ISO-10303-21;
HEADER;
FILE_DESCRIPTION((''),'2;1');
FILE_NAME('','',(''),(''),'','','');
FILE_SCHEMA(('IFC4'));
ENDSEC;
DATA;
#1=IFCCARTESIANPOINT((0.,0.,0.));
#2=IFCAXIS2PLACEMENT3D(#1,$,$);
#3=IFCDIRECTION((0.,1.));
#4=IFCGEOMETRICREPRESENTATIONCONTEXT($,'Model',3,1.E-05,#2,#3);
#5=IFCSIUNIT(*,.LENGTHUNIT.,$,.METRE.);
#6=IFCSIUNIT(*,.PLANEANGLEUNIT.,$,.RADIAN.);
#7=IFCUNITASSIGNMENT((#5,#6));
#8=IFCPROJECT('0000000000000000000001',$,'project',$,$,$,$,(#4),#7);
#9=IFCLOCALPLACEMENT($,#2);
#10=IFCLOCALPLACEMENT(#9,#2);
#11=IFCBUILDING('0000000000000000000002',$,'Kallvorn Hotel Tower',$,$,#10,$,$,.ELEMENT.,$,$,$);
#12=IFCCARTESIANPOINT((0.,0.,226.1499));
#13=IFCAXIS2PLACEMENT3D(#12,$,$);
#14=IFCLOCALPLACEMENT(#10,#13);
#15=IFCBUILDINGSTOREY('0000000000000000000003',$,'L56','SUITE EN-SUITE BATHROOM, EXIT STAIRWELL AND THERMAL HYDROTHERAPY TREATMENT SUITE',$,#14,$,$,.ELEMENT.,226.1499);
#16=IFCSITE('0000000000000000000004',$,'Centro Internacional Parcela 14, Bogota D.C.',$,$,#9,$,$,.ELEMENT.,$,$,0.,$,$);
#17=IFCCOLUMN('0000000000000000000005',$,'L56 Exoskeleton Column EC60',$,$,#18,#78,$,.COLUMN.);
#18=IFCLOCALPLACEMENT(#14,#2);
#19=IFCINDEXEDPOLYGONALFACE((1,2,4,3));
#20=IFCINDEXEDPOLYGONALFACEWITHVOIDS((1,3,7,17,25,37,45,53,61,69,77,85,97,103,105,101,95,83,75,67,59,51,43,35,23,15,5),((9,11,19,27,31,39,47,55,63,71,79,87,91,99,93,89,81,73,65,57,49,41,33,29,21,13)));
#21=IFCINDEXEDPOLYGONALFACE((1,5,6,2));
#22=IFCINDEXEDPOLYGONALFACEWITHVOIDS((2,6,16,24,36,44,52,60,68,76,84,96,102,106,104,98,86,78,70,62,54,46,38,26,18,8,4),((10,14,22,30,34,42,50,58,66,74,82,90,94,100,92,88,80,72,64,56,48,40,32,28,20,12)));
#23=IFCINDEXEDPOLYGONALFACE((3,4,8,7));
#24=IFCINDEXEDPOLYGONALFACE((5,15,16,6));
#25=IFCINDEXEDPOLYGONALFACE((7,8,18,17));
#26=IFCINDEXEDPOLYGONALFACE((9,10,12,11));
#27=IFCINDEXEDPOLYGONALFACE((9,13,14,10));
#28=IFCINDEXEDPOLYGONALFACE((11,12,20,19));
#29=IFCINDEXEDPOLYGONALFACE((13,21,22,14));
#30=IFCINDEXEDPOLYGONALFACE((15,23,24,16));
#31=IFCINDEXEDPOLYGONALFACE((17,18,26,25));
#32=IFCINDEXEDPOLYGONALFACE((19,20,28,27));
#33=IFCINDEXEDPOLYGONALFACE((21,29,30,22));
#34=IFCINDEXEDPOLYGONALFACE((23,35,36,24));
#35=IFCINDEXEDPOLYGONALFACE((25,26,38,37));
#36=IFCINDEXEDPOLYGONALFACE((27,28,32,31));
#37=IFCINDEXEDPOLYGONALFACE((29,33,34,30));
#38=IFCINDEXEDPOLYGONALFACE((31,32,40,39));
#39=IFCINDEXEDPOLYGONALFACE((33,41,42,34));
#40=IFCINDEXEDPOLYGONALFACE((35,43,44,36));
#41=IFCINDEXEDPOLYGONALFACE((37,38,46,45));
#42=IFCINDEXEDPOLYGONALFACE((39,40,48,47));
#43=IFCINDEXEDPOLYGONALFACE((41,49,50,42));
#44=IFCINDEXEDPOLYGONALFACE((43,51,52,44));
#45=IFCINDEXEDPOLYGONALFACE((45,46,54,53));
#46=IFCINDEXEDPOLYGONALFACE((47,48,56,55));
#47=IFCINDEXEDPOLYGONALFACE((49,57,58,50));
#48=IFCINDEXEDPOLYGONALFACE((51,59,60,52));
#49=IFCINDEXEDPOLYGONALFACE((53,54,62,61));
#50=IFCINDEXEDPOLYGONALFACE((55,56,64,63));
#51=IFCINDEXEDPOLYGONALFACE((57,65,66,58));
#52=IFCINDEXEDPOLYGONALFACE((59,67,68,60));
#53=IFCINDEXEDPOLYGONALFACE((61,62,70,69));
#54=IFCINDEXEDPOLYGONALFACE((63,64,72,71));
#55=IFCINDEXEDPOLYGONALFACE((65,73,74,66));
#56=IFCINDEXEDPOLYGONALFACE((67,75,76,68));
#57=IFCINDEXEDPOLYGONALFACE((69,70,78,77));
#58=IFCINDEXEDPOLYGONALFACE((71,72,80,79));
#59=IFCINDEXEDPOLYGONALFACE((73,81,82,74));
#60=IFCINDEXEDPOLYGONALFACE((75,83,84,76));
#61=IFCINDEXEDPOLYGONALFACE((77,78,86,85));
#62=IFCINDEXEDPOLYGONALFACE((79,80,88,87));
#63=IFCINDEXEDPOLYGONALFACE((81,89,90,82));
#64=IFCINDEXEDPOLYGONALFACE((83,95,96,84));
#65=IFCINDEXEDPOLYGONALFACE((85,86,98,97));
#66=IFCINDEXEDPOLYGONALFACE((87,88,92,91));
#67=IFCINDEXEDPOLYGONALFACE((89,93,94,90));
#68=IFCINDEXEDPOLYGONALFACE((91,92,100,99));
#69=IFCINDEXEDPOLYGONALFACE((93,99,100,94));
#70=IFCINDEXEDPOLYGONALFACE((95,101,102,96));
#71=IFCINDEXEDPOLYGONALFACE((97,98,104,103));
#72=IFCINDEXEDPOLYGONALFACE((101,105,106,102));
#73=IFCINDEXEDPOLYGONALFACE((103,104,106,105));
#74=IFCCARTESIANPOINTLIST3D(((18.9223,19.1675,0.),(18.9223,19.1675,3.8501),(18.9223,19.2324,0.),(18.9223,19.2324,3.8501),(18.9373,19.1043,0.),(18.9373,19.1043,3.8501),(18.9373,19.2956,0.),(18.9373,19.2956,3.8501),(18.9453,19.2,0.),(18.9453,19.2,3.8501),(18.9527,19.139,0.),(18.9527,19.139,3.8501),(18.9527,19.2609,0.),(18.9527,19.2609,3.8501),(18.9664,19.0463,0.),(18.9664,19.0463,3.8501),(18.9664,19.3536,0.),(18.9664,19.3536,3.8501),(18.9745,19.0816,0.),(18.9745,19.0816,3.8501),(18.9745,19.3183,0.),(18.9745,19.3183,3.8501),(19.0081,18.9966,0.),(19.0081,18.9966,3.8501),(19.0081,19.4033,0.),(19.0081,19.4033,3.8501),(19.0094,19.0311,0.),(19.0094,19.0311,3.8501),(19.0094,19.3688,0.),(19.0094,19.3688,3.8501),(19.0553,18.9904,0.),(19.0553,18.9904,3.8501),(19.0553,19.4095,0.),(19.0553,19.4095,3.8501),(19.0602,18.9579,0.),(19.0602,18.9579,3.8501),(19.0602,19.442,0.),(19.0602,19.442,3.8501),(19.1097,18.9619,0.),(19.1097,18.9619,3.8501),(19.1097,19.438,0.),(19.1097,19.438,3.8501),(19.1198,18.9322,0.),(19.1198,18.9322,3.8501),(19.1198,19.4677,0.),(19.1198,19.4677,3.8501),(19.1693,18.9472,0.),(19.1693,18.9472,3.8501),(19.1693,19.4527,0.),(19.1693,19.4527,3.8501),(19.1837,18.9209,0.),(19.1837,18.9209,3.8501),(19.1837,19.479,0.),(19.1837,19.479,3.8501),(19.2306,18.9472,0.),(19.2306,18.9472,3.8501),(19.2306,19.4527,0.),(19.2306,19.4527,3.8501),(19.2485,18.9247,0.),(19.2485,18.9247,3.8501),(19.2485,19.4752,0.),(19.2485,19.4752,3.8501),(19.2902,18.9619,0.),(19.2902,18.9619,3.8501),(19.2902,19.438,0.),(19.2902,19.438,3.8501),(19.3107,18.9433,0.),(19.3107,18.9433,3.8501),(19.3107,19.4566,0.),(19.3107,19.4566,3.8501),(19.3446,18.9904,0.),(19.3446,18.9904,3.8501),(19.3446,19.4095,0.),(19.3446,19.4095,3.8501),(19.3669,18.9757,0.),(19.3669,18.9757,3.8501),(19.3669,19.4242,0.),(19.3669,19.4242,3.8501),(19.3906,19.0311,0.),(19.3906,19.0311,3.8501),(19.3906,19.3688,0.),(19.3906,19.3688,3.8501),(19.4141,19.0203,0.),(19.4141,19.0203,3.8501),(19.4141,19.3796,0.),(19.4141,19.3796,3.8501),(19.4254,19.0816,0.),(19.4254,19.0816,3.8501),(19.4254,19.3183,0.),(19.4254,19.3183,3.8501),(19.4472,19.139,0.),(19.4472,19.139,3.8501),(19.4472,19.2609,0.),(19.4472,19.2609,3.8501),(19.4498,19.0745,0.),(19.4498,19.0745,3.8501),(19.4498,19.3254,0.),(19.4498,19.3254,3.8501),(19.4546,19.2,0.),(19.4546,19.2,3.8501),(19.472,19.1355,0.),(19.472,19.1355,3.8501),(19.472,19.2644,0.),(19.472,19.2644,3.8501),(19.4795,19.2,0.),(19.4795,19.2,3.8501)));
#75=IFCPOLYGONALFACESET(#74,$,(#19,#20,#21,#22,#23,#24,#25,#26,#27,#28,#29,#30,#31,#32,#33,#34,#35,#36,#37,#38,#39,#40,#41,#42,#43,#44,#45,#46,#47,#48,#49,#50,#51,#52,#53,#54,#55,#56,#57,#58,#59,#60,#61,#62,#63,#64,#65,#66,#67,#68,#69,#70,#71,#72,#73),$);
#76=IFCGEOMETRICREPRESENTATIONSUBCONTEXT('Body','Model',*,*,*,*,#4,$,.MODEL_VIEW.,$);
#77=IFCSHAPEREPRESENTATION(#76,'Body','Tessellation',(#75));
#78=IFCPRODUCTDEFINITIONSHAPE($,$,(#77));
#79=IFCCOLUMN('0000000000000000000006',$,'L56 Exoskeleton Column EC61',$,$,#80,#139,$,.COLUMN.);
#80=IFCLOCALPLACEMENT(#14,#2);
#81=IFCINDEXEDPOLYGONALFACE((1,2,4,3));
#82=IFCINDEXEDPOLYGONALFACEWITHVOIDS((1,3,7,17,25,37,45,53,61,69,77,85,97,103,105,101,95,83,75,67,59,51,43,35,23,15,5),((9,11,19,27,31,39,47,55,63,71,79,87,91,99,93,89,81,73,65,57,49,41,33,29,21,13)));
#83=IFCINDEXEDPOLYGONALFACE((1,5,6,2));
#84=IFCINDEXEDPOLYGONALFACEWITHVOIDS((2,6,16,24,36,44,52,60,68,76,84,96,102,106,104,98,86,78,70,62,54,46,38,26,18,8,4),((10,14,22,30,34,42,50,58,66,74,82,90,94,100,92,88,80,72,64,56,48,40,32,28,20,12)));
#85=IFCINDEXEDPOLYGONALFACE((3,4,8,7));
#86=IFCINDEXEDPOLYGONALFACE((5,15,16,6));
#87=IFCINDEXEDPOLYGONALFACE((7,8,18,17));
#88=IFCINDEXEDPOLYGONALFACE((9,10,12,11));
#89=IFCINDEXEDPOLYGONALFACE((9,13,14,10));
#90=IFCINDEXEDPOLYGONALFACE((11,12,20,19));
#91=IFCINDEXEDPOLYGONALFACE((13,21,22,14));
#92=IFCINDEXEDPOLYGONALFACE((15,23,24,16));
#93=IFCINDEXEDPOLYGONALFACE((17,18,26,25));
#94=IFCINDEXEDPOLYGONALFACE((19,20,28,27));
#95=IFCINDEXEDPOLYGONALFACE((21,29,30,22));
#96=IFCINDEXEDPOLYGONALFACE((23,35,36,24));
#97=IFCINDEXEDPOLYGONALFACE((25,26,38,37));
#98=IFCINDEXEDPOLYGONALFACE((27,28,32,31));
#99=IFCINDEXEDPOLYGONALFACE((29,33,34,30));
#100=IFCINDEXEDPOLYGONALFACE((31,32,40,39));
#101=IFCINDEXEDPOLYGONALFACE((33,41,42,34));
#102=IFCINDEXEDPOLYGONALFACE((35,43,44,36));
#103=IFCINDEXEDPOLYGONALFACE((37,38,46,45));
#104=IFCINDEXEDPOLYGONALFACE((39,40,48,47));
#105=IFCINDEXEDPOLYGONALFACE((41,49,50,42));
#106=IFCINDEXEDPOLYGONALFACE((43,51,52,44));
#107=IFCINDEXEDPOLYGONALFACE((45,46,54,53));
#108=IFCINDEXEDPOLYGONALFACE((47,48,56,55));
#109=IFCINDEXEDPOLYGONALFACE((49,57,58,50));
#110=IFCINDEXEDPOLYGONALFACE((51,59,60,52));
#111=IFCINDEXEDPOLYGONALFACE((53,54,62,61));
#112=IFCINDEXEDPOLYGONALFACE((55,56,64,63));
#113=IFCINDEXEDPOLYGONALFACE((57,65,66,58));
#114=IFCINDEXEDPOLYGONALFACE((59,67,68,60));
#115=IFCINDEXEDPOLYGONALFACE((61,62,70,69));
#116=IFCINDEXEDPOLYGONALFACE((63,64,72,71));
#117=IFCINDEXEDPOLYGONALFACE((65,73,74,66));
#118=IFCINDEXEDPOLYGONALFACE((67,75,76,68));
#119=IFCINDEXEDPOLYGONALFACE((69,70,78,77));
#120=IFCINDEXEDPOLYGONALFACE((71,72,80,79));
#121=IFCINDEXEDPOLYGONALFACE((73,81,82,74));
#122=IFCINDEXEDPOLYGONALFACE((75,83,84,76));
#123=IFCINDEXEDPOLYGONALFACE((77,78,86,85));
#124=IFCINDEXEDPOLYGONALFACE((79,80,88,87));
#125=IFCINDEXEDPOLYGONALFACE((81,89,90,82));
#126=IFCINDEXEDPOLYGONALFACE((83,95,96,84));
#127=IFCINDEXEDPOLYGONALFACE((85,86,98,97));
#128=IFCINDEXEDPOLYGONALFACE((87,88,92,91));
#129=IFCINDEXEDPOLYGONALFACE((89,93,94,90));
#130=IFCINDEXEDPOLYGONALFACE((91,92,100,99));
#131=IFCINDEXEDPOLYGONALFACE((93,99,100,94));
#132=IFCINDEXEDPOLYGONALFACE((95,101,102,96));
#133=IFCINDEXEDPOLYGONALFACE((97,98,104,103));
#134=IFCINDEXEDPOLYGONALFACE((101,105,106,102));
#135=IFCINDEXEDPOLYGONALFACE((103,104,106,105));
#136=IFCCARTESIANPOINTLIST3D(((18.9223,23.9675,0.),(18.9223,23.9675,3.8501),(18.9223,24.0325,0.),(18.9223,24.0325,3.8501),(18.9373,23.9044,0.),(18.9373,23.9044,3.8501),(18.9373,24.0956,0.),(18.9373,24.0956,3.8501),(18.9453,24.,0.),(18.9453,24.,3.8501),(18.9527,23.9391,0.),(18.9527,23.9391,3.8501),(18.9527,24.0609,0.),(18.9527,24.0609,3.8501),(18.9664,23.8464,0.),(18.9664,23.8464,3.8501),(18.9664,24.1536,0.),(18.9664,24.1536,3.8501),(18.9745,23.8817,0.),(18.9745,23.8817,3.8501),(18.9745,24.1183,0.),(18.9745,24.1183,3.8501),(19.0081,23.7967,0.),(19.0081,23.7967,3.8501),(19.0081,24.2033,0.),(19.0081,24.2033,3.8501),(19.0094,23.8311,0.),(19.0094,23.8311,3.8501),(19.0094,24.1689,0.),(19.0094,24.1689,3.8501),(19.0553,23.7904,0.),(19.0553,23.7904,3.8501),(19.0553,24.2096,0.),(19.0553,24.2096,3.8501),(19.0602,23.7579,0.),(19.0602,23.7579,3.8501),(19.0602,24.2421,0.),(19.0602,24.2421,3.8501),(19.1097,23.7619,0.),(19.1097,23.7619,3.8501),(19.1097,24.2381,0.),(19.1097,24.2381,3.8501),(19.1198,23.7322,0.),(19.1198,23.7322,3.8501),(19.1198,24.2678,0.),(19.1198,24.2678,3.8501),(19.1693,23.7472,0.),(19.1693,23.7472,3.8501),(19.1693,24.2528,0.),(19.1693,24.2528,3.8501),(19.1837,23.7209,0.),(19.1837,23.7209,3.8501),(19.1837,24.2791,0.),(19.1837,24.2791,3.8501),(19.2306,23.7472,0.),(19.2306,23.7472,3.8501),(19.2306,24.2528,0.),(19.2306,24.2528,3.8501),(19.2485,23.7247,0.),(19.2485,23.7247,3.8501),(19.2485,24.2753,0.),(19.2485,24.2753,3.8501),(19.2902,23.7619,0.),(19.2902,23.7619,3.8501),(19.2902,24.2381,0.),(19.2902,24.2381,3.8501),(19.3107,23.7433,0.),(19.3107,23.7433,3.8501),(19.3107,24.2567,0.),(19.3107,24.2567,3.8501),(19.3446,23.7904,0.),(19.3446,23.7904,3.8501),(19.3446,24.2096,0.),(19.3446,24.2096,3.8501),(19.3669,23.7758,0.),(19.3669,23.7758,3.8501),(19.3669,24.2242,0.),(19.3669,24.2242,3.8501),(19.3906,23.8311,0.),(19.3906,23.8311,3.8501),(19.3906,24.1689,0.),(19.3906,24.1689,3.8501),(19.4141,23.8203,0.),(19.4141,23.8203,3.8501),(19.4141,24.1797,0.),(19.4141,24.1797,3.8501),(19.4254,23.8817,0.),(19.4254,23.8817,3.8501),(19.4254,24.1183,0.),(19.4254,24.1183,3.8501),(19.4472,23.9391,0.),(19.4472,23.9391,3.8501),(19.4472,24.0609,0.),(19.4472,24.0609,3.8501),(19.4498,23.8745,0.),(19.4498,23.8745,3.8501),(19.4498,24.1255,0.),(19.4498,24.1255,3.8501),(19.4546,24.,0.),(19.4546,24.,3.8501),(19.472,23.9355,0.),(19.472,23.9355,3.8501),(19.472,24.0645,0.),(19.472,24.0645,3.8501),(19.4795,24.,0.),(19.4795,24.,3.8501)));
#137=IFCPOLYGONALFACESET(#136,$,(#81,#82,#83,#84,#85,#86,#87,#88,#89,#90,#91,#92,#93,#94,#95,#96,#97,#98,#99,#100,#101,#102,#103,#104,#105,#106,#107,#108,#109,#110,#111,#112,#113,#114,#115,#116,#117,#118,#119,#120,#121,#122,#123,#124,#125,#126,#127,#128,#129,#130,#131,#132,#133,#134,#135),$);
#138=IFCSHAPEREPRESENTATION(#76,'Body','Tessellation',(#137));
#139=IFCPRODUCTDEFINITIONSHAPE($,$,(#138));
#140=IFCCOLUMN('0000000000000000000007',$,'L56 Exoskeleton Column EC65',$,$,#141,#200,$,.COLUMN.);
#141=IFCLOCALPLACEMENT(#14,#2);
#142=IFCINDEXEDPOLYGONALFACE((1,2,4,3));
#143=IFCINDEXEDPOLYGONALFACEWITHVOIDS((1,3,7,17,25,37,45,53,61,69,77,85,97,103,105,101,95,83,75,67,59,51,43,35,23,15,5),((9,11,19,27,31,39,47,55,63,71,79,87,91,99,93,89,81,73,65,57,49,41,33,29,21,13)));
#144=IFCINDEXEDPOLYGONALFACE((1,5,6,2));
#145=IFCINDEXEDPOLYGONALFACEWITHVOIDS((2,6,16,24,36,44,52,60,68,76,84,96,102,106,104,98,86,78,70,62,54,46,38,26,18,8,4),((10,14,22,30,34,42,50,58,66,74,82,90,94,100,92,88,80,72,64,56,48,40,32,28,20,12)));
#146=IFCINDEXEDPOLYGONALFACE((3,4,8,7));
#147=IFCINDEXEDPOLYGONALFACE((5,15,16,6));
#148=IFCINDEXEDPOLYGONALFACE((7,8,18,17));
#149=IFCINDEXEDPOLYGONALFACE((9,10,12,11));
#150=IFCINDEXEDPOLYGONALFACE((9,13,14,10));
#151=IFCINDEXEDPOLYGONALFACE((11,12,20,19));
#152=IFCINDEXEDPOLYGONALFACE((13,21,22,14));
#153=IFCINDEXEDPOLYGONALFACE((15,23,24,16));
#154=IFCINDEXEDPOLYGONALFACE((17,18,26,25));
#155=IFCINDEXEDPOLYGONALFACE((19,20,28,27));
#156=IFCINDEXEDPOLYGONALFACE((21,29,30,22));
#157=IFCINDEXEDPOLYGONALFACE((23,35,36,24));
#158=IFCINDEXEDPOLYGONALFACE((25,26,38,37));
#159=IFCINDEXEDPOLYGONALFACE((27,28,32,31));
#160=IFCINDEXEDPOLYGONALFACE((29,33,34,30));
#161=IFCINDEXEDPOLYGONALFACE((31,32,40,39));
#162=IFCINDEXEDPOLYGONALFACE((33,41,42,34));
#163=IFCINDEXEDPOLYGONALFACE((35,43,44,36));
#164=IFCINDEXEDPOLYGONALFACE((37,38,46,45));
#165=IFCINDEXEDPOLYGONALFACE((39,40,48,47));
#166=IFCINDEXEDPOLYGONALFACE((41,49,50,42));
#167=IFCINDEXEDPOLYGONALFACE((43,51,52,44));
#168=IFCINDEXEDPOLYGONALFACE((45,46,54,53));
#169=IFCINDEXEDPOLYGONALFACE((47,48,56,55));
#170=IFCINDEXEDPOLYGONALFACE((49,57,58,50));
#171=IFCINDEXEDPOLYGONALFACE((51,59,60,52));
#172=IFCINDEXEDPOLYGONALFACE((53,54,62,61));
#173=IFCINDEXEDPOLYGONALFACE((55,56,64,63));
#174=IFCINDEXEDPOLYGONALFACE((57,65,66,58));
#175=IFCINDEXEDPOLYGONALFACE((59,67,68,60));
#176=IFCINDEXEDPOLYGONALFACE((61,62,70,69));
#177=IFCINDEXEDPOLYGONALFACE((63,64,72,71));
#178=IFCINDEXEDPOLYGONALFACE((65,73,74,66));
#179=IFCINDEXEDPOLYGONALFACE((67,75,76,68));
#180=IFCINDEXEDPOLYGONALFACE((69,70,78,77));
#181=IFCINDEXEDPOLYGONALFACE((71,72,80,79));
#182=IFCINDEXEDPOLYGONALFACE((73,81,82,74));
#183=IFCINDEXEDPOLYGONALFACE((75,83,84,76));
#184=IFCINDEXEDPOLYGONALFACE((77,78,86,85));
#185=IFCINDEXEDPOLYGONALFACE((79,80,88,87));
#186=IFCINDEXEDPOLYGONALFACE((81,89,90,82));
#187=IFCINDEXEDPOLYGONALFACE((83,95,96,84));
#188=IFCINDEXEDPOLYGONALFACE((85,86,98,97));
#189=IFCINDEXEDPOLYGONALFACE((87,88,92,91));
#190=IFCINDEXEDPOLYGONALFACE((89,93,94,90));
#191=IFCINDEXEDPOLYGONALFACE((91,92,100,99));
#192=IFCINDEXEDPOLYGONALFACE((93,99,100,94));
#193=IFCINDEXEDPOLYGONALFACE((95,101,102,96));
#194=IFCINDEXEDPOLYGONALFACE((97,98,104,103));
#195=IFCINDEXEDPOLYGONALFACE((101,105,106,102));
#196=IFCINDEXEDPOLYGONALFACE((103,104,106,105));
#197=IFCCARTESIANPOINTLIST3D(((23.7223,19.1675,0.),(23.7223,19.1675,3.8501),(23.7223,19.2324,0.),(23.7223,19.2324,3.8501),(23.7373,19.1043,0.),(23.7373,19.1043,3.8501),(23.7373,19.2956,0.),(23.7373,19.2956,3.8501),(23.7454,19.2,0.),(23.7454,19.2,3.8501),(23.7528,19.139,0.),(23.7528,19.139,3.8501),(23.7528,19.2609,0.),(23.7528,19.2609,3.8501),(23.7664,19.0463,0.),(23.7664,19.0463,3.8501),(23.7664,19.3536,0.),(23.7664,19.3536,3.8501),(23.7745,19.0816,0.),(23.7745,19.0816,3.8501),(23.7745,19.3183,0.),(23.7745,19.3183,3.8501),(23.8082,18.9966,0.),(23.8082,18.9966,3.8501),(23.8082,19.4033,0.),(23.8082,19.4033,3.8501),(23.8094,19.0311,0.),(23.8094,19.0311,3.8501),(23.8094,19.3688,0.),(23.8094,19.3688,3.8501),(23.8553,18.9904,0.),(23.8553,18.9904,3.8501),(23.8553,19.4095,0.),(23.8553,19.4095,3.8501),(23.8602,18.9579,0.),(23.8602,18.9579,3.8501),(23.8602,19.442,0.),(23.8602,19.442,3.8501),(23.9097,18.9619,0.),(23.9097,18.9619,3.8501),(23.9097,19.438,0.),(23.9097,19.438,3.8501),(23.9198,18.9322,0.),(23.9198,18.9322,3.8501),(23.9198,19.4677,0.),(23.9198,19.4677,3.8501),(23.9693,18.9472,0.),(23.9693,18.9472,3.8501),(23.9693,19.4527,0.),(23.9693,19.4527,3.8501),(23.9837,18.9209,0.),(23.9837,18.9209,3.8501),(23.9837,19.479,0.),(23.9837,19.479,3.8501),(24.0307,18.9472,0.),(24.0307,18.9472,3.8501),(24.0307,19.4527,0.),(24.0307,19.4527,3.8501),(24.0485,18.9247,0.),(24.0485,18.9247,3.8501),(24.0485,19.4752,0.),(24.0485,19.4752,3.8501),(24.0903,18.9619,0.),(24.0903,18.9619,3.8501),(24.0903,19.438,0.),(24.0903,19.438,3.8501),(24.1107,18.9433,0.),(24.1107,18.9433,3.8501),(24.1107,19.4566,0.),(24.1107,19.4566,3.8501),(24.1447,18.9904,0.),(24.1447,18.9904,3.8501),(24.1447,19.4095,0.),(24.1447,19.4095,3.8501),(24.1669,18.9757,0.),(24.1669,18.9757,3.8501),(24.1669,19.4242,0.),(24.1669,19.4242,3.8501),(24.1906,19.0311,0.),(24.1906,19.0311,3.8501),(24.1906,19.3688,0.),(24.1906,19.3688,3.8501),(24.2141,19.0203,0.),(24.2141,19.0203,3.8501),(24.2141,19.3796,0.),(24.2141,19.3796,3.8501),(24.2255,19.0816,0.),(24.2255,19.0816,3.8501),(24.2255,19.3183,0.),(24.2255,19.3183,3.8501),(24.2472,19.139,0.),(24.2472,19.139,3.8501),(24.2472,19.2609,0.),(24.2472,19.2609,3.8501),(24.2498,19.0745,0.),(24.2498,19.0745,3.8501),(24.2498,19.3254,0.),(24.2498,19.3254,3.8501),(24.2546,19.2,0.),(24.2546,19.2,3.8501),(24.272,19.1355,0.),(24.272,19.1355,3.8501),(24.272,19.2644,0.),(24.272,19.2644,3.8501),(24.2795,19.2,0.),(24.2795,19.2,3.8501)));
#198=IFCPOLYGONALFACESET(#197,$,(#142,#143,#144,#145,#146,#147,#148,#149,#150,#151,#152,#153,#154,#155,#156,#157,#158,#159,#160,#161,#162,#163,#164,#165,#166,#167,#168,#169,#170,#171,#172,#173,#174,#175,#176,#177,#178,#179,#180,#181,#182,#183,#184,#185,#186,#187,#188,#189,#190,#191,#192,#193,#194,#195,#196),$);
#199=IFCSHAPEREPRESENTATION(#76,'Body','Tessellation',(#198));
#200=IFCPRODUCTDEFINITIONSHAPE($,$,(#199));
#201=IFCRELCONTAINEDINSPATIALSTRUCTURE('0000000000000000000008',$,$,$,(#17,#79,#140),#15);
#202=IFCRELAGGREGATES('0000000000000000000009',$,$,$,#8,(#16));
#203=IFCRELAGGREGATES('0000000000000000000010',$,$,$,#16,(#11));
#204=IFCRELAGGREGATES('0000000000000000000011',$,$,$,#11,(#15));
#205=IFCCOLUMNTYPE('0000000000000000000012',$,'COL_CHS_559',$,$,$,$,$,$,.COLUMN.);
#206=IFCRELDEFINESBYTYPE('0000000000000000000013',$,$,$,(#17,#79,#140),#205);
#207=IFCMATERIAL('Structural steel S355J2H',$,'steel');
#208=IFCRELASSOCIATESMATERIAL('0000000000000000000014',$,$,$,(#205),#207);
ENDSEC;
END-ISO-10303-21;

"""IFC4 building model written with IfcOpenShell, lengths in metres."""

from ifc_helpers import new_model, si_unit, direction, frame, origin, origin_2d, place, context, subcontext, project, spatial, hollow_circle, extrude, material, material_profile, profile_set, type_object, element, save


model = new_model("IFC4")

# Units and contexts
model_context = context("Model", 3, precision=1e-05, world=origin(), true_north=direction((0.0, 1.0)))
body_context = subcontext(model_context, "Body", "Model", "MODEL_VIEW")
ifc_project = project(units=[si_unit("LENGTHUNIT", "METRE"), si_unit("PLANEANGLEUNIT", "RADIAN")], contexts=[model_context])

# Site, building, storey
site_placement = place(None, origin())
site = spatial("IfcSite", under=ifc_project, at=site_placement, Name="Centro Internacional Parcela 14, Bogota D.C.", CompositionType="ELEMENT", RefElevation=0.0)
building_placement = place(site_placement, origin())
building = spatial("IfcBuilding", under=site, at=building_placement, Name="Kallvorn Hotel Tower", CompositionType="ELEMENT")
storey_placement = place(building_placement, frame((0.0, 0.0, 226.1499)))
storey = spatial("IfcBuildingStorey", under=building, at=storey_placement, Name="L56", Description="SUITE EN-SUITE BATHROOM, EXIT STAIRWELL AND THERMAL HYDROTHERAPY TREATMENT SUITE", CompositionType="ELEMENT", Elevation=226.1499)

# Columns
ifc_material_1 = material(Name="Structural steel S355J2H", Category="steel")
ifc_material_profile_1 = material_profile(ifc_material_1, hollow_circle(Radius=0.2795, WallThickness=0.0249, at=origin_2d()), Name="CHS 559x25")
ifc_profile_set_1 = profile_set([ifc_material_profile_1], Name="Structural steel S355J2H")
column_type = type_object("IfcColumnType", Name="COL_CHS_559", PredefinedType="COLUMN", material=ifc_profile_set_1)
for number, where, z_axis, x_axis, name in (
    (1, (19.2, 19.2, 0.0), (0.0, 0.0, 1.0), (1.0, 0.0, 0.0), "L56 Exoskeleton Column EC60"),
    (2, (19.2, 24.0, 0.0), (0.0, 0.0, 1.0), (1.0, 0.0, 0.0), "L56 Exoskeleton Column EC61"),
    (3, (24.0, 19.2, 0.0), (0.0, 0.0, 1.0), (1.0, 0.0, 0.0), "L56 Exoskeleton Column EC65"),
):
    element("IfcColumn", number, at=place(storey_placement, frame(where, z_axis=z_axis, x_axis=x_axis)), inside=storey, type_object=column_type, Name=name, PredefinedType="COLUMN", context=body_context, shape_type="SweptSolid", body=[
        extrude(hollow_circle(Radius=0.2795, WallThickness=0.0249, at=origin_2d()), origin(), (0.0, 0.0, 1.0), 3.8501),
    ])

save(model, "model.ifc")
